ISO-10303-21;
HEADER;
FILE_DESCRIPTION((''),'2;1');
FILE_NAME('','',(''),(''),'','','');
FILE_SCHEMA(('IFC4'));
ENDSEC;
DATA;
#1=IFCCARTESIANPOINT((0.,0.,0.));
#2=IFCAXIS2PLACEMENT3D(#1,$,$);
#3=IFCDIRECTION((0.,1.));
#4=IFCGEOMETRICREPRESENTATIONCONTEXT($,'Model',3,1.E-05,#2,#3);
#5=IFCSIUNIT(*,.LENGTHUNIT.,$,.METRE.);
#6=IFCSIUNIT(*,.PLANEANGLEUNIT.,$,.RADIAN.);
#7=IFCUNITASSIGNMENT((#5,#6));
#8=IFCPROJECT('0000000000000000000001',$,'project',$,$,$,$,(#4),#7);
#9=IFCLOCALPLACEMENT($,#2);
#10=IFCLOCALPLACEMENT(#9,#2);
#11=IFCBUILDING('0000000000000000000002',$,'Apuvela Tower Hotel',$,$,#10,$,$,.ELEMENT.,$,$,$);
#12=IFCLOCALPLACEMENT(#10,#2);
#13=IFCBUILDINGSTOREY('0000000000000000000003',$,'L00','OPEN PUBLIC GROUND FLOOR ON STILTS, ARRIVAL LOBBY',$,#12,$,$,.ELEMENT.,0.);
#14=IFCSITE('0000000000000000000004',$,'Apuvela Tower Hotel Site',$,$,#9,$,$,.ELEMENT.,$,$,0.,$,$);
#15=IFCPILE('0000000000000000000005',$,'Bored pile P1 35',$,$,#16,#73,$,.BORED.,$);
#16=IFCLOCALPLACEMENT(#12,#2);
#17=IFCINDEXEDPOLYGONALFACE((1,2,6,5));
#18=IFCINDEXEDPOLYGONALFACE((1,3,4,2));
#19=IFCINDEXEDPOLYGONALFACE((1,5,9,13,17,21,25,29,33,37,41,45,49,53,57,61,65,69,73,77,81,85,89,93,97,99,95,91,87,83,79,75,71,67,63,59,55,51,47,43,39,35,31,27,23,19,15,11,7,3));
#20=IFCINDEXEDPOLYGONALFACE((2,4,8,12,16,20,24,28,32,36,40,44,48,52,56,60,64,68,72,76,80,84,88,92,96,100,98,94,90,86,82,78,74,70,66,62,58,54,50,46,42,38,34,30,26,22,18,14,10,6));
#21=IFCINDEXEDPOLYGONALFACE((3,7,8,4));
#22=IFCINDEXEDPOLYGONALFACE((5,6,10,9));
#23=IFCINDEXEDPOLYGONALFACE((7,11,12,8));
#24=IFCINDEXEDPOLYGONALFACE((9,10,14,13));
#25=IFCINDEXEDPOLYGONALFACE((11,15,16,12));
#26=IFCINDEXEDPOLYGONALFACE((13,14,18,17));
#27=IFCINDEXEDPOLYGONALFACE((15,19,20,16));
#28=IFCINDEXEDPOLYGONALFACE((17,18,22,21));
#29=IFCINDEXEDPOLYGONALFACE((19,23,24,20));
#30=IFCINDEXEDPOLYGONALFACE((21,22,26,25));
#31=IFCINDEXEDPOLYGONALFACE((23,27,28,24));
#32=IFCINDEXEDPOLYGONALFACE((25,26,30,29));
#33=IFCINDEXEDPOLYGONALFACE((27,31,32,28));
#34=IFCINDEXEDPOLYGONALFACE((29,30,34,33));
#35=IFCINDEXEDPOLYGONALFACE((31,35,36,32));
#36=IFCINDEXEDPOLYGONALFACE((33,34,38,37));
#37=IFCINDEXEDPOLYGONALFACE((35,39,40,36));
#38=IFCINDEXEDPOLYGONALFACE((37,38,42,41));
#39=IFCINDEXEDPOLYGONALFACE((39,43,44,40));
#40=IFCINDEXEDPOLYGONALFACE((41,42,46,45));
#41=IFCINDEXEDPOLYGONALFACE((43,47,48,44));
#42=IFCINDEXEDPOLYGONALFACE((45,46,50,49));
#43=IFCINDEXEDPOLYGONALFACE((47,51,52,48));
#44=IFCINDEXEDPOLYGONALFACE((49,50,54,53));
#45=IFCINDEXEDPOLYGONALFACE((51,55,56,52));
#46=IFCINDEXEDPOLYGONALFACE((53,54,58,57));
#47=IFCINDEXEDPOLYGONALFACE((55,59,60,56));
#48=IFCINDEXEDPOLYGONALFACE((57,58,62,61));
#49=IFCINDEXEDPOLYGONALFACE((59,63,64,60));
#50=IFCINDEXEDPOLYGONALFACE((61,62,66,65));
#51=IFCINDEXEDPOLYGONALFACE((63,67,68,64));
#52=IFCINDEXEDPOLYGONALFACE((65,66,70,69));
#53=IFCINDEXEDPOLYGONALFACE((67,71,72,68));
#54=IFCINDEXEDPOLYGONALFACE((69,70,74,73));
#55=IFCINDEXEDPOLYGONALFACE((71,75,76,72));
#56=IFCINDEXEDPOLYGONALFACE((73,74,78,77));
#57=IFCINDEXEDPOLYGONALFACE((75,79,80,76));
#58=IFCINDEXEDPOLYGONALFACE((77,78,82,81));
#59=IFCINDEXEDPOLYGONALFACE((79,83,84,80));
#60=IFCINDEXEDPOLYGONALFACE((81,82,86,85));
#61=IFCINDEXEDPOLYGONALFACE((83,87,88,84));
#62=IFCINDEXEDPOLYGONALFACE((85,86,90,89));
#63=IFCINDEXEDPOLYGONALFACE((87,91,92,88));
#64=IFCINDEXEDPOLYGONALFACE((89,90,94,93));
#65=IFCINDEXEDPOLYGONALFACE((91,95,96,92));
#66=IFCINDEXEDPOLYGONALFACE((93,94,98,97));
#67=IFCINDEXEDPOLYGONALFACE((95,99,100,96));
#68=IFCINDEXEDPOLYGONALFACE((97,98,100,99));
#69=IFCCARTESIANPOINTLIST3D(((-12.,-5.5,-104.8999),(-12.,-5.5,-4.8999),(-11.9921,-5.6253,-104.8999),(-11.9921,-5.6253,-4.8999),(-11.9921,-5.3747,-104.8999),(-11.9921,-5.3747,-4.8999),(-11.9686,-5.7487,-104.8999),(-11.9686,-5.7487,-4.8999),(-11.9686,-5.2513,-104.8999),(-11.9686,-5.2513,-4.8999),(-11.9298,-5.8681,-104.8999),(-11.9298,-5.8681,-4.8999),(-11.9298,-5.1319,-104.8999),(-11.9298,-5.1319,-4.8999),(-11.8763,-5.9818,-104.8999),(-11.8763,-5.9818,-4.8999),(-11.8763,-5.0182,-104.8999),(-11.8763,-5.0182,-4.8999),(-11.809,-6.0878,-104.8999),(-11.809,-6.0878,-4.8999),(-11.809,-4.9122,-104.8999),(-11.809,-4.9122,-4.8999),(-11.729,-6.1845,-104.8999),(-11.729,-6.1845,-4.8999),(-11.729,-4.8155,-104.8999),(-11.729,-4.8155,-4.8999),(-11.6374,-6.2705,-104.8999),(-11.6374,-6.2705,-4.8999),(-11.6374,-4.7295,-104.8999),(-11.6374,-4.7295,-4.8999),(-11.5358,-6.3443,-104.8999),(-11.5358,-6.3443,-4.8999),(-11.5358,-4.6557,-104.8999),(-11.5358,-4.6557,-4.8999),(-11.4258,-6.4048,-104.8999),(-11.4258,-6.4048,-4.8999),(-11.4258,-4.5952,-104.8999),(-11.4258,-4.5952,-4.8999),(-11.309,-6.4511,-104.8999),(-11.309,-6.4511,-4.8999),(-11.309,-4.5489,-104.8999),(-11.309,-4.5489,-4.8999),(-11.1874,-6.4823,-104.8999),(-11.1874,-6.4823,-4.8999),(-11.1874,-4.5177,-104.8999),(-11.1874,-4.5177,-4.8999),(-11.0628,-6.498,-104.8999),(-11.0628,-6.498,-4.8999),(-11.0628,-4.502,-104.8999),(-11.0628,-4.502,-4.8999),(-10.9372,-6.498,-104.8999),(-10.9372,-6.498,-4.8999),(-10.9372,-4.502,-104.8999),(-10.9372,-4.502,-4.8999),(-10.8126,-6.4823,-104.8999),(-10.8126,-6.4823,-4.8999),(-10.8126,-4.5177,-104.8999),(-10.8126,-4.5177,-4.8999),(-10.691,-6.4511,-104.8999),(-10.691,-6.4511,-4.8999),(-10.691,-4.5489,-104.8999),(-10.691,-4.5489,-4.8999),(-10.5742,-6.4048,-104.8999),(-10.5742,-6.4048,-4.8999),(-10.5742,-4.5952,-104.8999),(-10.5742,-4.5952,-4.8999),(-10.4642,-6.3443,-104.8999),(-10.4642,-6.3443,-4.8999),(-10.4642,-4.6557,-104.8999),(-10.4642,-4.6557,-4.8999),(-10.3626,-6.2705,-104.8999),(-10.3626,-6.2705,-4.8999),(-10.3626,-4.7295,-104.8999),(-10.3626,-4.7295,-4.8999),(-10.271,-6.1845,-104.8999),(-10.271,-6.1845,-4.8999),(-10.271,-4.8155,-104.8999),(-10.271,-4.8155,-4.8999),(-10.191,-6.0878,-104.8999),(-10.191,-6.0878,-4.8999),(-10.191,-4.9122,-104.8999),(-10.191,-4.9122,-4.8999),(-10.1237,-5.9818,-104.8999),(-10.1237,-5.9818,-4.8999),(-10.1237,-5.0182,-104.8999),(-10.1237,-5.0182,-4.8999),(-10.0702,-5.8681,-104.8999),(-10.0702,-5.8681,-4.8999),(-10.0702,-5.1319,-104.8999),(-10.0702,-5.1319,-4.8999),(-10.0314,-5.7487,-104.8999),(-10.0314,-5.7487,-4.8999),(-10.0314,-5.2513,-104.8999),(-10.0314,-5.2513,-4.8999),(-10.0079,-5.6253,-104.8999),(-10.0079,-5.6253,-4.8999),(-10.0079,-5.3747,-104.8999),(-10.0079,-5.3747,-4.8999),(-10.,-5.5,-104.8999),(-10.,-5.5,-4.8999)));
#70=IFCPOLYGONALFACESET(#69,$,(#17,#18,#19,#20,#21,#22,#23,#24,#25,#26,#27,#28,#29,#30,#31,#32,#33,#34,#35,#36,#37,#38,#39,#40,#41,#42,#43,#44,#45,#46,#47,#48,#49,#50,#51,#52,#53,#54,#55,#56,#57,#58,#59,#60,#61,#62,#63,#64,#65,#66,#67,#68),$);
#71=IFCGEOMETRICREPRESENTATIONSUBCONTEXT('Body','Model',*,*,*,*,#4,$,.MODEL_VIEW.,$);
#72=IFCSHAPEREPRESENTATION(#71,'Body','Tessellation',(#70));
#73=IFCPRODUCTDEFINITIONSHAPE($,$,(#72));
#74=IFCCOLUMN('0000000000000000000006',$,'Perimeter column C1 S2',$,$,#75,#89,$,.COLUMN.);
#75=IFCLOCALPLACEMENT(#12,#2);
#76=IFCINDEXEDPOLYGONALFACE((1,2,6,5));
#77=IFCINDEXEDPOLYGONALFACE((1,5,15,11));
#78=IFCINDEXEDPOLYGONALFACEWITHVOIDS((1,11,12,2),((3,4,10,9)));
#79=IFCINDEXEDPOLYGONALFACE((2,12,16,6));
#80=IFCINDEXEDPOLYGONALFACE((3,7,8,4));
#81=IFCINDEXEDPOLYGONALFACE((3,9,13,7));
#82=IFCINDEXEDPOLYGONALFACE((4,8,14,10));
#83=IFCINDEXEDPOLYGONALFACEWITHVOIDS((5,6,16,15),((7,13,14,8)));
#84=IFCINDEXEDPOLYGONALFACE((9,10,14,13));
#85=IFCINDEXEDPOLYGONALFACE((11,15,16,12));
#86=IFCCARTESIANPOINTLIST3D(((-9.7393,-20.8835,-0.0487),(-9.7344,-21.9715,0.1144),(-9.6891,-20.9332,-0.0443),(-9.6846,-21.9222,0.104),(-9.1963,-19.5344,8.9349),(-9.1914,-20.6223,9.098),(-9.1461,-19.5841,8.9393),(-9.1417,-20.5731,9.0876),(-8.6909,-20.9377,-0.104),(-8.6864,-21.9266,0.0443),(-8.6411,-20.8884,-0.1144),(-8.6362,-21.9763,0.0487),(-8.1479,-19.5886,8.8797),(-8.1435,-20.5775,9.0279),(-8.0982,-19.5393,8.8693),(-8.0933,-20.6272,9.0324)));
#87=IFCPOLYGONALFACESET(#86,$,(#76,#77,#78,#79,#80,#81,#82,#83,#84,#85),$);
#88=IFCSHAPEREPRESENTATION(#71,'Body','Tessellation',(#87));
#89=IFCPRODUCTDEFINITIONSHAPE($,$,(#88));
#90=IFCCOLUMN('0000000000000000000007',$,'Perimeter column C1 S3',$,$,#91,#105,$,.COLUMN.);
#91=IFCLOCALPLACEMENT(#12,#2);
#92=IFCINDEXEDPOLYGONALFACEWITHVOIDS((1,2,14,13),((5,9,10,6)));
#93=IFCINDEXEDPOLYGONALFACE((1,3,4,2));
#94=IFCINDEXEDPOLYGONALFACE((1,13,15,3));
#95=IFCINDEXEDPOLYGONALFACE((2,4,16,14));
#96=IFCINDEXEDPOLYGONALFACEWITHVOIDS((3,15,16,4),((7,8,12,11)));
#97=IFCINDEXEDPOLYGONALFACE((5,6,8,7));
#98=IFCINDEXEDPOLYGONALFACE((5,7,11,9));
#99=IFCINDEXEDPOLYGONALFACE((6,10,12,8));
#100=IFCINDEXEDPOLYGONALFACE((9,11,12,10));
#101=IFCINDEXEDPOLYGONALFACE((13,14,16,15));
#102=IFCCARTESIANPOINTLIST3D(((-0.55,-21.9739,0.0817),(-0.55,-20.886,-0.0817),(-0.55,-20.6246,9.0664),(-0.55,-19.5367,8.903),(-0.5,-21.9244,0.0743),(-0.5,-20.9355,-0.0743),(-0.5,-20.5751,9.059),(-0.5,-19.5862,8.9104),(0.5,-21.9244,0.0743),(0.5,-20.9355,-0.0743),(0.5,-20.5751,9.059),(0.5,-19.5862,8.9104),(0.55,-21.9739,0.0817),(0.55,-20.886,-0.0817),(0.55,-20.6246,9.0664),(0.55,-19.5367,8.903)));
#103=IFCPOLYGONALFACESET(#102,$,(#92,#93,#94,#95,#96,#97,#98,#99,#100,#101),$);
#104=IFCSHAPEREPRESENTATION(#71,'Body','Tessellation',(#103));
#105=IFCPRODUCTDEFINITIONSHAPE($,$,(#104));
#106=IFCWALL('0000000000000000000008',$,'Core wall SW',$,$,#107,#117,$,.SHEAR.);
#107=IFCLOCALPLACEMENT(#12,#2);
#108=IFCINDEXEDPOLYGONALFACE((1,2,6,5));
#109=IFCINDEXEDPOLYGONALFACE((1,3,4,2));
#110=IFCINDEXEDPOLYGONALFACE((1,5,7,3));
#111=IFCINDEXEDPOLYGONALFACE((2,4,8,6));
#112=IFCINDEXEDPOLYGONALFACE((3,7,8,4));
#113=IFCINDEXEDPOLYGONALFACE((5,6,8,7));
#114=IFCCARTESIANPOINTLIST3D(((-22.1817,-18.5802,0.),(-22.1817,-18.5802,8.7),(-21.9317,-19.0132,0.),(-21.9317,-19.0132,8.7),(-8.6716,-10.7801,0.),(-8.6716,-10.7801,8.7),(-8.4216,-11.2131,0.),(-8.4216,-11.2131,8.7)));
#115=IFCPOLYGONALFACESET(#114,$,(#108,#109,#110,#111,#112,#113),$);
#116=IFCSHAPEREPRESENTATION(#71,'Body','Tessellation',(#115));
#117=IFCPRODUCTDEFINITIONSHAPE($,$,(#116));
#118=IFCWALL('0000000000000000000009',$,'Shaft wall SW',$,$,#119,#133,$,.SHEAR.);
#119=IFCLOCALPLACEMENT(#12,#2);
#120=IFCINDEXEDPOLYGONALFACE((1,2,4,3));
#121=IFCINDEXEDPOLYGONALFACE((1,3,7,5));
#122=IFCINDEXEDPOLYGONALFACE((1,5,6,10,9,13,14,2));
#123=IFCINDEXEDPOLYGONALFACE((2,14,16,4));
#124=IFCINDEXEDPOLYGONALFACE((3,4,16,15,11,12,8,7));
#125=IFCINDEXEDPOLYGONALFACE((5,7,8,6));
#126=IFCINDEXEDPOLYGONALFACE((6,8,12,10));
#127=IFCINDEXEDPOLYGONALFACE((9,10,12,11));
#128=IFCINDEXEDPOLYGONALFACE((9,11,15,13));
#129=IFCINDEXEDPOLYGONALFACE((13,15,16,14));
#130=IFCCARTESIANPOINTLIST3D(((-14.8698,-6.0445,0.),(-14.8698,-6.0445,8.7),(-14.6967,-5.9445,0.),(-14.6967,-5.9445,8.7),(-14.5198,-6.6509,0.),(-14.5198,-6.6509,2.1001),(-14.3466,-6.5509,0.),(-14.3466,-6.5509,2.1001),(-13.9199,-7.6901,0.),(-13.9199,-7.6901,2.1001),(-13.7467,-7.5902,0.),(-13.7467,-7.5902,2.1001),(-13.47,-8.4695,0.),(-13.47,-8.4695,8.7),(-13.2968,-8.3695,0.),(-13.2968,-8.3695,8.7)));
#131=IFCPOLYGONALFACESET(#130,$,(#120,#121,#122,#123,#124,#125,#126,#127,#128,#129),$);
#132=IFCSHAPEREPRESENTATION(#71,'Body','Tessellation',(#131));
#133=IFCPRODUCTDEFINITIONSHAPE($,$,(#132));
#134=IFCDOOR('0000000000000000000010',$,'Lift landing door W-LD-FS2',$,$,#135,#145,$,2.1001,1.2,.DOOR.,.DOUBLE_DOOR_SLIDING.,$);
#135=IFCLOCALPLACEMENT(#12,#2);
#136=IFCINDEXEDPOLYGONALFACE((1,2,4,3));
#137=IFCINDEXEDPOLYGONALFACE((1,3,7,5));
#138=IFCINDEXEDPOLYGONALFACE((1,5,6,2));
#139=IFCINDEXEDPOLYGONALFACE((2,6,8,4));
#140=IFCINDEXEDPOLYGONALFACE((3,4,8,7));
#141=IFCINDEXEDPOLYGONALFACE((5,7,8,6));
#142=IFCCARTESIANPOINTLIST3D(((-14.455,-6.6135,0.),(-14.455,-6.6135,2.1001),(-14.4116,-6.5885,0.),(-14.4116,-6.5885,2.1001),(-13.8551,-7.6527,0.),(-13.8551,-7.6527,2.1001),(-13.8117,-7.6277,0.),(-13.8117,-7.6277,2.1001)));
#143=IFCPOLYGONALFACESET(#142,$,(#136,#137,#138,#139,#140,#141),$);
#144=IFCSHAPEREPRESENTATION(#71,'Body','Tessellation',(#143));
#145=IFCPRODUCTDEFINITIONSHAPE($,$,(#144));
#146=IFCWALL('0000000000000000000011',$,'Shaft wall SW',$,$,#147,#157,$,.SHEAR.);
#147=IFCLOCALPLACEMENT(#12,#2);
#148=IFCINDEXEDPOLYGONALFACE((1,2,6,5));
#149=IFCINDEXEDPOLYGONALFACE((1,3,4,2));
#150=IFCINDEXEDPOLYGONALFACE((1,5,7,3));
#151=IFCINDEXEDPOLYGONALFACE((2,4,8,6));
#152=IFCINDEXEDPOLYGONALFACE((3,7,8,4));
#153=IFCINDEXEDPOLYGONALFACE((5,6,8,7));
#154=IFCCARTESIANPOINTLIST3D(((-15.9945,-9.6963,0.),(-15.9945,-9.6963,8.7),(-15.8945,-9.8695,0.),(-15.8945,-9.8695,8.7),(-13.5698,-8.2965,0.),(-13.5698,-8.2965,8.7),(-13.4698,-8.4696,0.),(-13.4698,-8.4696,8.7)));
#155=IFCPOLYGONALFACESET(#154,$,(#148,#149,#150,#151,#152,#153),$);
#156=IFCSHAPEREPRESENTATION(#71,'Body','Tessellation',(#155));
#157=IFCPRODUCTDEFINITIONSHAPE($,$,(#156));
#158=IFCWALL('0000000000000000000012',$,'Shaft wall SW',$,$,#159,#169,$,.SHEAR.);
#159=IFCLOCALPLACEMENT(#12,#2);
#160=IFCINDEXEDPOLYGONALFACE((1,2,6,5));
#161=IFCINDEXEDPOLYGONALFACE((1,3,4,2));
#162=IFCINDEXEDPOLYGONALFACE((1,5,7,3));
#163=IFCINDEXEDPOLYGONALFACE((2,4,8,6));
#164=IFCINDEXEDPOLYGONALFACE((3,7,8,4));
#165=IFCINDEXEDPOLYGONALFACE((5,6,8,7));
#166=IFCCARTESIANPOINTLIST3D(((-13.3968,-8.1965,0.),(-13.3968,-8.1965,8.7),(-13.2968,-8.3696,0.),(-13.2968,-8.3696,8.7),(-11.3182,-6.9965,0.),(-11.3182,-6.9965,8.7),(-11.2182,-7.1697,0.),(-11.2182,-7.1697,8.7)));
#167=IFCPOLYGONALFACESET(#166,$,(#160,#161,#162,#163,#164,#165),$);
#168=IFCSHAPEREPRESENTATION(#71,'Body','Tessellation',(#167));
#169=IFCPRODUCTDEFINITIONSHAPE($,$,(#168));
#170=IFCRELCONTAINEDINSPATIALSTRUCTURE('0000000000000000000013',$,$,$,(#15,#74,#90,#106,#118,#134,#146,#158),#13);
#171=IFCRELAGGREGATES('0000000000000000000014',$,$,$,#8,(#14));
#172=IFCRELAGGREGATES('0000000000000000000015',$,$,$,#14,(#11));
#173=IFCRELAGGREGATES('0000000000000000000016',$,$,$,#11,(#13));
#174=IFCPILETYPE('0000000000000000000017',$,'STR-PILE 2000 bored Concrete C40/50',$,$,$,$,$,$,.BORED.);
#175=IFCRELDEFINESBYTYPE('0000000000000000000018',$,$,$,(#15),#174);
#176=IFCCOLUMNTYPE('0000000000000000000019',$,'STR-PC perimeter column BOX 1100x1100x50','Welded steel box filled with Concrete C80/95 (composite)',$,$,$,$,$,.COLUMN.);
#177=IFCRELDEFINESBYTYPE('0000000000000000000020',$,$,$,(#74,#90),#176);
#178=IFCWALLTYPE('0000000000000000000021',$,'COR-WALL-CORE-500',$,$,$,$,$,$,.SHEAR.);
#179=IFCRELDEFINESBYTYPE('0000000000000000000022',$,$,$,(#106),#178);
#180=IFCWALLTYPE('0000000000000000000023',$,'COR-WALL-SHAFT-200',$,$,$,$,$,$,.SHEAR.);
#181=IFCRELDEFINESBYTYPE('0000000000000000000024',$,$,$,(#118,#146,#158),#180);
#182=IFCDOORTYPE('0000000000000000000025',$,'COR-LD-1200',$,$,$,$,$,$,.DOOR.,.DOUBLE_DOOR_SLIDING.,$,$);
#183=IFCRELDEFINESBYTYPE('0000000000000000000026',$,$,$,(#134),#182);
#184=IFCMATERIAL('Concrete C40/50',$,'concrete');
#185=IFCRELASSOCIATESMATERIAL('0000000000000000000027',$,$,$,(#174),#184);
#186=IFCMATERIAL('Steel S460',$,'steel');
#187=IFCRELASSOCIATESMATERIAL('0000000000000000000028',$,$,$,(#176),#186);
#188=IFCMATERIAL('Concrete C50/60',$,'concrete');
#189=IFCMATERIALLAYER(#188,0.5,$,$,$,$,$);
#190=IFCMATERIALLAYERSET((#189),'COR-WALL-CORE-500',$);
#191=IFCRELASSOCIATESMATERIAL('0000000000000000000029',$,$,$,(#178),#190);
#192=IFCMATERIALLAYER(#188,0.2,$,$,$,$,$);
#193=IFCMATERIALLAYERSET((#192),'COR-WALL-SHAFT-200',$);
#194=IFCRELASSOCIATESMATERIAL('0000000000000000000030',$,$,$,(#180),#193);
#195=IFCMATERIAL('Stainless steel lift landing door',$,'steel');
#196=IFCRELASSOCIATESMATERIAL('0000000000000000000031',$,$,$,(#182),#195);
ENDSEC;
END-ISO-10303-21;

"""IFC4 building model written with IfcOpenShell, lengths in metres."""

from ifc_helpers import new_model, si_unit, direction, frame, frame_2d, origin, origin_2d, place, context, subcontext, project, spatial, rectangle, hollow_rectangle, circle, extrude, boolean, halfspace, material, layer, layer_set, material_profile, profile_set, type_object, element, fill, save


model = new_model("IFC4")

# Units and contexts
model_context = context("Model", 3, precision=1e-05, world=origin(), true_north=direction((0.0, 1.0)))
body_context = subcontext(model_context, "Body", "Model", "MODEL_VIEW")
ifc_project = project(units=[si_unit("LENGTHUNIT", "METRE"), si_unit("PLANEANGLEUNIT", "RADIAN")], contexts=[model_context])

# Site, building, storey
site_placement = place(None, origin())
site = spatial("IfcSite", under=ifc_project, at=site_placement, Name="Apuvela Tower Hotel Site", CompositionType="ELEMENT", RefElevation=0.0)
building_placement = place(site_placement, origin())
building = spatial("IfcBuilding", under=site, at=building_placement, Name="Apuvela Tower Hotel", CompositionType="ELEMENT")
storey_placement = place(building_placement, origin())
storey = spatial("IfcBuildingStorey", under=building, at=storey_placement, Name="L00", Description="OPEN PUBLIC GROUND FLOOR ON STILTS, ARRIVAL LOBBY", CompositionType="ELEMENT", Elevation=0.0)

# Pile
ifc_material_1 = material(Name="Concrete C40/50", Category="concrete")
ifc_material_profile_1 = material_profile(ifc_material_1, circle(Radius=1.0, at=origin_2d()), Name="PILE 2000")
ifc_profile_set_1 = profile_set([ifc_material_profile_1], Name="Concrete C40/50")
pile_type = type_object("IfcPileType", Name="STR-PILE 2000 bored Concrete C40/50", PredefinedType="BORED", material=ifc_profile_set_1)
for number, where, z_axis, x_axis, name in (
    (1, (-11.0, -5.5, -4.8999), (0.0, 0.0, -1.0), (1.0, 0.0, 0.0), "Bored pile P1 35"),
):
    element("IfcPile", number, at=place(storey_placement, frame(where, z_axis=z_axis, x_axis=x_axis)), inside=storey, type_object=pile_type, Name=name, PredefinedType="BORED", context=body_context, shape_type="SweptSolid", body=[
        extrude(circle(Radius=1.0, at=origin_2d()), origin(), (0.0, 0.0, 1.0), 100.0),
    ])

# Columns
ifc_material_2 = material(Name="Steel S460", Category="steel")
ifc_material_profile_2 = material_profile(ifc_material_2, hollow_rectangle(XDim=1.1001, YDim=1.1001, WallThickness=0.05, at=origin_2d()), Name="BOX 1100x1100x50")
ifc_material_3 = material(Name="Concrete C80/95", Category="concrete")
ifc_material_profile_3 = material_profile(ifc_material_3, rectangle(XDim=1.0, YDim=1.0, at=origin_2d()), Name="Concrete C80/95 infill")
ifc_profile_set_2 = profile_set([ifc_material_profile_2, ifc_material_profile_3], Name="Steel S460")
column_type = type_object("IfcColumnType", Name="STR-PC perimeter column BOX 1100x1100x50", Description="Welded steel box filled with Concrete C80/95 (composite)", PredefinedType="COLUMN", material=ifc_profile_set_2)
column_1_placement = place(storey_placement, frame((-9.1877, -21.4299, 0.0), z_axis=(0.059662, 0.148244, 0.98715), x_axis=(-0.998209, 0.004445, 0.059663)))
element("IfcColumn", 2, at=column_1_placement, inside=storey, type_object=column_type, Name="Perimeter column C1 S2", PredefinedType="COLUMN", context=body_context, shape_type="SweptSolid", body=[
    boolean("DIFFERENCE", extrude(hollow_rectangle(XDim=1.1001, YDim=1.1001, WallThickness=0.05, at=origin_2d()), origin(), (0.0, 0.0, 1.0), 9.1172), halfspace(frame((0.0, 0.0, 9.1006), z_axis=(0.0, 0.0, 1.0), x_axis=(1.0, 0.0, 0.0)), False)),
])
column_2_placement = place(storey_placement, frame((0.0, -21.4299, 0.0), z_axis=(0.0, 0.148508, 0.988911), x_axis=(-1.0, 0.0, 0.0)))
element("IfcColumn", 3, at=column_2_placement, inside=storey, type_object=column_type, Name="Perimeter column C1 S3", PredefinedType="COLUMN", context=body_context, shape_type="SweptSolid", body=[
    boolean("DIFFERENCE", extrude(hollow_rectangle(XDim=1.1001, YDim=1.1001, WallThickness=0.05, at=origin_2d()), origin(), (0.0, 0.0, 1.0), 9.1008), halfspace(frame((0.0, 0.0, 9.0854), z_axis=(0.0, 0.0, 1.0), x_axis=(1.0, 0.0, 0.0)), False)),
])

# Wall
ifc_material_4 = material(Name="Concrete C50/60", Category="concrete")
ifc_layer_1 = layer(ifc_material_4, 0.5)
ifc_layer_set_1 = layer_set([ifc_layer_1], Name="COR-WALL-CORE-500")
wall_type_1 = type_object("IfcWallType", Name="COR-WALL-CORE-500", PredefinedType="SHEAR", material=ifc_layer_set_1)
wall_1_placement = place(storey_placement, frame((-8.5466, -10.9966, 0.0), z_axis=(0.0, 0.0, 1.0), x_axis=(-0.866024, -0.500002, 0.0)))
element("IfcWall", 4, at=wall_1_placement, inside=storey, type_object=wall_type_1, Name="Core wall SW", PredefinedType="SHEAR", context=body_context, shape_type="SweptSolid", body=[
    extrude(rectangle(XDim=15.6001, YDim=0.5, at=frame_2d((7.8, 0.0))), origin(), (0.0, 0.0, 1.0), 8.7),
])

# Wall, opening, door
ifc_layer_2 = layer(ifc_material_4, 0.2)
ifc_layer_set_2 = layer_set([ifc_layer_2], Name="COR-WALL-SHAFT-200")
wall_type_2 = type_object("IfcWallType", Name="COR-WALL-SHAFT-200", PredefinedType="SHEAR", material=ifc_layer_set_2)
wall_2_placement = place(storey_placement, frame((-14.7832, -5.9946, 0.0), z_axis=(0.0, 0.0, 1.0), x_axis=(0.499946, -0.866056, 0.0)))
wall_2 = element("IfcWall", 5, at=wall_2_placement, inside=storey, type_object=wall_type_2, Name="Shaft wall SW", PredefinedType="SHEAR", context=body_context, shape_type="SweptSolid", body=[
    extrude(rectangle(XDim=2.8, YDim=0.2, at=frame_2d((1.3999, 0.0))), origin(), (0.0, 0.0, 1.0), 8.7),
])
opening_1_placement = place(wall_2_placement, frame((0.7, 0.0, 0.0)))
opening_1 = element("IfcOpeningElement", 6, at=opening_1_placement, cuts=wall_2, PredefinedType="OPENING", context=body_context, shape_type="SweptSolid", body=[
    extrude(rectangle(XDim=1.2, YDim=2.1001, at=frame_2d((0.6001, 1.05))), frame((0.0, 0.1099, 0.0), z_axis=(0.0, -1.0, 0.0), x_axis=(1.0, 0.0, 0.0)), (0.0, 0.0, 1.0), 0.22),
])
ifc_material_5 = material(Name="Stainless steel lift landing door", Category="steel")
door_type_1 = type_object("IfcDoorType", Name="COR-LD-1200", OperationType="DOUBLE_DOOR_SLIDING", PredefinedType="DOOR", material=ifc_material_5)
door_1_placement = place(opening_1_placement, origin())
door_1 = element("IfcDoor", 7, at=door_1_placement, inside=storey, type_object=door_type_1, Name="Lift landing door W-LD-FS2", OperationType="DOUBLE_DOOR_SLIDING", OverallHeight=2.1001, OverallWidth=1.2, PredefinedType="DOOR", context=body_context, shape_type="SweptSolid", body=[
    extrude(rectangle(XDim=1.2, YDim=2.1001, at=frame_2d((0.6001, 1.05))), frame((0.0, 0.0249, 0.0), z_axis=(0.0, -1.0, 0.0), x_axis=(1.0, 0.0, 0.0)), (0.0, 0.0, 1.0), 0.05),
])
fill(opening_1, door_1)

# Walls
wall_3_placement = place(storey_placement, frame((-13.5198, -8.3831, 0.0), z_axis=(0.0, 0.0, 1.0), x_axis=(-0.866035, -0.499984, 0.0)))
element("IfcWall", 8, at=wall_3_placement, inside=storey, type_object=wall_type_2, Name="Shaft wall SW", PredefinedType="SHEAR", context=body_context, shape_type="SweptSolid", body=[
    extrude(rectangle(XDim=2.7998, YDim=0.2, at=frame_2d((1.3999, 0.0))), origin(), (0.0, 0.0, 1.0), 8.7),
])
wall_4_placement = place(storey_placement, frame((-11.2681, -7.083, 0.0), z_axis=(0.0, 0.0, 1.0), x_axis=(-0.86605, -0.499957, 0.0)))
element("IfcWall", 9, at=wall_4_placement, inside=storey, type_object=wall_type_2, Name="Shaft wall SW", PredefinedType="SHEAR", context=body_context, shape_type="SweptSolid", body=[
    extrude(rectangle(XDim=2.4001, YDim=0.2, at=frame_2d((1.2002, 0.0))), origin(), (0.0, 0.0, 1.0), 8.7),
])

save(model, "model.ifc")
